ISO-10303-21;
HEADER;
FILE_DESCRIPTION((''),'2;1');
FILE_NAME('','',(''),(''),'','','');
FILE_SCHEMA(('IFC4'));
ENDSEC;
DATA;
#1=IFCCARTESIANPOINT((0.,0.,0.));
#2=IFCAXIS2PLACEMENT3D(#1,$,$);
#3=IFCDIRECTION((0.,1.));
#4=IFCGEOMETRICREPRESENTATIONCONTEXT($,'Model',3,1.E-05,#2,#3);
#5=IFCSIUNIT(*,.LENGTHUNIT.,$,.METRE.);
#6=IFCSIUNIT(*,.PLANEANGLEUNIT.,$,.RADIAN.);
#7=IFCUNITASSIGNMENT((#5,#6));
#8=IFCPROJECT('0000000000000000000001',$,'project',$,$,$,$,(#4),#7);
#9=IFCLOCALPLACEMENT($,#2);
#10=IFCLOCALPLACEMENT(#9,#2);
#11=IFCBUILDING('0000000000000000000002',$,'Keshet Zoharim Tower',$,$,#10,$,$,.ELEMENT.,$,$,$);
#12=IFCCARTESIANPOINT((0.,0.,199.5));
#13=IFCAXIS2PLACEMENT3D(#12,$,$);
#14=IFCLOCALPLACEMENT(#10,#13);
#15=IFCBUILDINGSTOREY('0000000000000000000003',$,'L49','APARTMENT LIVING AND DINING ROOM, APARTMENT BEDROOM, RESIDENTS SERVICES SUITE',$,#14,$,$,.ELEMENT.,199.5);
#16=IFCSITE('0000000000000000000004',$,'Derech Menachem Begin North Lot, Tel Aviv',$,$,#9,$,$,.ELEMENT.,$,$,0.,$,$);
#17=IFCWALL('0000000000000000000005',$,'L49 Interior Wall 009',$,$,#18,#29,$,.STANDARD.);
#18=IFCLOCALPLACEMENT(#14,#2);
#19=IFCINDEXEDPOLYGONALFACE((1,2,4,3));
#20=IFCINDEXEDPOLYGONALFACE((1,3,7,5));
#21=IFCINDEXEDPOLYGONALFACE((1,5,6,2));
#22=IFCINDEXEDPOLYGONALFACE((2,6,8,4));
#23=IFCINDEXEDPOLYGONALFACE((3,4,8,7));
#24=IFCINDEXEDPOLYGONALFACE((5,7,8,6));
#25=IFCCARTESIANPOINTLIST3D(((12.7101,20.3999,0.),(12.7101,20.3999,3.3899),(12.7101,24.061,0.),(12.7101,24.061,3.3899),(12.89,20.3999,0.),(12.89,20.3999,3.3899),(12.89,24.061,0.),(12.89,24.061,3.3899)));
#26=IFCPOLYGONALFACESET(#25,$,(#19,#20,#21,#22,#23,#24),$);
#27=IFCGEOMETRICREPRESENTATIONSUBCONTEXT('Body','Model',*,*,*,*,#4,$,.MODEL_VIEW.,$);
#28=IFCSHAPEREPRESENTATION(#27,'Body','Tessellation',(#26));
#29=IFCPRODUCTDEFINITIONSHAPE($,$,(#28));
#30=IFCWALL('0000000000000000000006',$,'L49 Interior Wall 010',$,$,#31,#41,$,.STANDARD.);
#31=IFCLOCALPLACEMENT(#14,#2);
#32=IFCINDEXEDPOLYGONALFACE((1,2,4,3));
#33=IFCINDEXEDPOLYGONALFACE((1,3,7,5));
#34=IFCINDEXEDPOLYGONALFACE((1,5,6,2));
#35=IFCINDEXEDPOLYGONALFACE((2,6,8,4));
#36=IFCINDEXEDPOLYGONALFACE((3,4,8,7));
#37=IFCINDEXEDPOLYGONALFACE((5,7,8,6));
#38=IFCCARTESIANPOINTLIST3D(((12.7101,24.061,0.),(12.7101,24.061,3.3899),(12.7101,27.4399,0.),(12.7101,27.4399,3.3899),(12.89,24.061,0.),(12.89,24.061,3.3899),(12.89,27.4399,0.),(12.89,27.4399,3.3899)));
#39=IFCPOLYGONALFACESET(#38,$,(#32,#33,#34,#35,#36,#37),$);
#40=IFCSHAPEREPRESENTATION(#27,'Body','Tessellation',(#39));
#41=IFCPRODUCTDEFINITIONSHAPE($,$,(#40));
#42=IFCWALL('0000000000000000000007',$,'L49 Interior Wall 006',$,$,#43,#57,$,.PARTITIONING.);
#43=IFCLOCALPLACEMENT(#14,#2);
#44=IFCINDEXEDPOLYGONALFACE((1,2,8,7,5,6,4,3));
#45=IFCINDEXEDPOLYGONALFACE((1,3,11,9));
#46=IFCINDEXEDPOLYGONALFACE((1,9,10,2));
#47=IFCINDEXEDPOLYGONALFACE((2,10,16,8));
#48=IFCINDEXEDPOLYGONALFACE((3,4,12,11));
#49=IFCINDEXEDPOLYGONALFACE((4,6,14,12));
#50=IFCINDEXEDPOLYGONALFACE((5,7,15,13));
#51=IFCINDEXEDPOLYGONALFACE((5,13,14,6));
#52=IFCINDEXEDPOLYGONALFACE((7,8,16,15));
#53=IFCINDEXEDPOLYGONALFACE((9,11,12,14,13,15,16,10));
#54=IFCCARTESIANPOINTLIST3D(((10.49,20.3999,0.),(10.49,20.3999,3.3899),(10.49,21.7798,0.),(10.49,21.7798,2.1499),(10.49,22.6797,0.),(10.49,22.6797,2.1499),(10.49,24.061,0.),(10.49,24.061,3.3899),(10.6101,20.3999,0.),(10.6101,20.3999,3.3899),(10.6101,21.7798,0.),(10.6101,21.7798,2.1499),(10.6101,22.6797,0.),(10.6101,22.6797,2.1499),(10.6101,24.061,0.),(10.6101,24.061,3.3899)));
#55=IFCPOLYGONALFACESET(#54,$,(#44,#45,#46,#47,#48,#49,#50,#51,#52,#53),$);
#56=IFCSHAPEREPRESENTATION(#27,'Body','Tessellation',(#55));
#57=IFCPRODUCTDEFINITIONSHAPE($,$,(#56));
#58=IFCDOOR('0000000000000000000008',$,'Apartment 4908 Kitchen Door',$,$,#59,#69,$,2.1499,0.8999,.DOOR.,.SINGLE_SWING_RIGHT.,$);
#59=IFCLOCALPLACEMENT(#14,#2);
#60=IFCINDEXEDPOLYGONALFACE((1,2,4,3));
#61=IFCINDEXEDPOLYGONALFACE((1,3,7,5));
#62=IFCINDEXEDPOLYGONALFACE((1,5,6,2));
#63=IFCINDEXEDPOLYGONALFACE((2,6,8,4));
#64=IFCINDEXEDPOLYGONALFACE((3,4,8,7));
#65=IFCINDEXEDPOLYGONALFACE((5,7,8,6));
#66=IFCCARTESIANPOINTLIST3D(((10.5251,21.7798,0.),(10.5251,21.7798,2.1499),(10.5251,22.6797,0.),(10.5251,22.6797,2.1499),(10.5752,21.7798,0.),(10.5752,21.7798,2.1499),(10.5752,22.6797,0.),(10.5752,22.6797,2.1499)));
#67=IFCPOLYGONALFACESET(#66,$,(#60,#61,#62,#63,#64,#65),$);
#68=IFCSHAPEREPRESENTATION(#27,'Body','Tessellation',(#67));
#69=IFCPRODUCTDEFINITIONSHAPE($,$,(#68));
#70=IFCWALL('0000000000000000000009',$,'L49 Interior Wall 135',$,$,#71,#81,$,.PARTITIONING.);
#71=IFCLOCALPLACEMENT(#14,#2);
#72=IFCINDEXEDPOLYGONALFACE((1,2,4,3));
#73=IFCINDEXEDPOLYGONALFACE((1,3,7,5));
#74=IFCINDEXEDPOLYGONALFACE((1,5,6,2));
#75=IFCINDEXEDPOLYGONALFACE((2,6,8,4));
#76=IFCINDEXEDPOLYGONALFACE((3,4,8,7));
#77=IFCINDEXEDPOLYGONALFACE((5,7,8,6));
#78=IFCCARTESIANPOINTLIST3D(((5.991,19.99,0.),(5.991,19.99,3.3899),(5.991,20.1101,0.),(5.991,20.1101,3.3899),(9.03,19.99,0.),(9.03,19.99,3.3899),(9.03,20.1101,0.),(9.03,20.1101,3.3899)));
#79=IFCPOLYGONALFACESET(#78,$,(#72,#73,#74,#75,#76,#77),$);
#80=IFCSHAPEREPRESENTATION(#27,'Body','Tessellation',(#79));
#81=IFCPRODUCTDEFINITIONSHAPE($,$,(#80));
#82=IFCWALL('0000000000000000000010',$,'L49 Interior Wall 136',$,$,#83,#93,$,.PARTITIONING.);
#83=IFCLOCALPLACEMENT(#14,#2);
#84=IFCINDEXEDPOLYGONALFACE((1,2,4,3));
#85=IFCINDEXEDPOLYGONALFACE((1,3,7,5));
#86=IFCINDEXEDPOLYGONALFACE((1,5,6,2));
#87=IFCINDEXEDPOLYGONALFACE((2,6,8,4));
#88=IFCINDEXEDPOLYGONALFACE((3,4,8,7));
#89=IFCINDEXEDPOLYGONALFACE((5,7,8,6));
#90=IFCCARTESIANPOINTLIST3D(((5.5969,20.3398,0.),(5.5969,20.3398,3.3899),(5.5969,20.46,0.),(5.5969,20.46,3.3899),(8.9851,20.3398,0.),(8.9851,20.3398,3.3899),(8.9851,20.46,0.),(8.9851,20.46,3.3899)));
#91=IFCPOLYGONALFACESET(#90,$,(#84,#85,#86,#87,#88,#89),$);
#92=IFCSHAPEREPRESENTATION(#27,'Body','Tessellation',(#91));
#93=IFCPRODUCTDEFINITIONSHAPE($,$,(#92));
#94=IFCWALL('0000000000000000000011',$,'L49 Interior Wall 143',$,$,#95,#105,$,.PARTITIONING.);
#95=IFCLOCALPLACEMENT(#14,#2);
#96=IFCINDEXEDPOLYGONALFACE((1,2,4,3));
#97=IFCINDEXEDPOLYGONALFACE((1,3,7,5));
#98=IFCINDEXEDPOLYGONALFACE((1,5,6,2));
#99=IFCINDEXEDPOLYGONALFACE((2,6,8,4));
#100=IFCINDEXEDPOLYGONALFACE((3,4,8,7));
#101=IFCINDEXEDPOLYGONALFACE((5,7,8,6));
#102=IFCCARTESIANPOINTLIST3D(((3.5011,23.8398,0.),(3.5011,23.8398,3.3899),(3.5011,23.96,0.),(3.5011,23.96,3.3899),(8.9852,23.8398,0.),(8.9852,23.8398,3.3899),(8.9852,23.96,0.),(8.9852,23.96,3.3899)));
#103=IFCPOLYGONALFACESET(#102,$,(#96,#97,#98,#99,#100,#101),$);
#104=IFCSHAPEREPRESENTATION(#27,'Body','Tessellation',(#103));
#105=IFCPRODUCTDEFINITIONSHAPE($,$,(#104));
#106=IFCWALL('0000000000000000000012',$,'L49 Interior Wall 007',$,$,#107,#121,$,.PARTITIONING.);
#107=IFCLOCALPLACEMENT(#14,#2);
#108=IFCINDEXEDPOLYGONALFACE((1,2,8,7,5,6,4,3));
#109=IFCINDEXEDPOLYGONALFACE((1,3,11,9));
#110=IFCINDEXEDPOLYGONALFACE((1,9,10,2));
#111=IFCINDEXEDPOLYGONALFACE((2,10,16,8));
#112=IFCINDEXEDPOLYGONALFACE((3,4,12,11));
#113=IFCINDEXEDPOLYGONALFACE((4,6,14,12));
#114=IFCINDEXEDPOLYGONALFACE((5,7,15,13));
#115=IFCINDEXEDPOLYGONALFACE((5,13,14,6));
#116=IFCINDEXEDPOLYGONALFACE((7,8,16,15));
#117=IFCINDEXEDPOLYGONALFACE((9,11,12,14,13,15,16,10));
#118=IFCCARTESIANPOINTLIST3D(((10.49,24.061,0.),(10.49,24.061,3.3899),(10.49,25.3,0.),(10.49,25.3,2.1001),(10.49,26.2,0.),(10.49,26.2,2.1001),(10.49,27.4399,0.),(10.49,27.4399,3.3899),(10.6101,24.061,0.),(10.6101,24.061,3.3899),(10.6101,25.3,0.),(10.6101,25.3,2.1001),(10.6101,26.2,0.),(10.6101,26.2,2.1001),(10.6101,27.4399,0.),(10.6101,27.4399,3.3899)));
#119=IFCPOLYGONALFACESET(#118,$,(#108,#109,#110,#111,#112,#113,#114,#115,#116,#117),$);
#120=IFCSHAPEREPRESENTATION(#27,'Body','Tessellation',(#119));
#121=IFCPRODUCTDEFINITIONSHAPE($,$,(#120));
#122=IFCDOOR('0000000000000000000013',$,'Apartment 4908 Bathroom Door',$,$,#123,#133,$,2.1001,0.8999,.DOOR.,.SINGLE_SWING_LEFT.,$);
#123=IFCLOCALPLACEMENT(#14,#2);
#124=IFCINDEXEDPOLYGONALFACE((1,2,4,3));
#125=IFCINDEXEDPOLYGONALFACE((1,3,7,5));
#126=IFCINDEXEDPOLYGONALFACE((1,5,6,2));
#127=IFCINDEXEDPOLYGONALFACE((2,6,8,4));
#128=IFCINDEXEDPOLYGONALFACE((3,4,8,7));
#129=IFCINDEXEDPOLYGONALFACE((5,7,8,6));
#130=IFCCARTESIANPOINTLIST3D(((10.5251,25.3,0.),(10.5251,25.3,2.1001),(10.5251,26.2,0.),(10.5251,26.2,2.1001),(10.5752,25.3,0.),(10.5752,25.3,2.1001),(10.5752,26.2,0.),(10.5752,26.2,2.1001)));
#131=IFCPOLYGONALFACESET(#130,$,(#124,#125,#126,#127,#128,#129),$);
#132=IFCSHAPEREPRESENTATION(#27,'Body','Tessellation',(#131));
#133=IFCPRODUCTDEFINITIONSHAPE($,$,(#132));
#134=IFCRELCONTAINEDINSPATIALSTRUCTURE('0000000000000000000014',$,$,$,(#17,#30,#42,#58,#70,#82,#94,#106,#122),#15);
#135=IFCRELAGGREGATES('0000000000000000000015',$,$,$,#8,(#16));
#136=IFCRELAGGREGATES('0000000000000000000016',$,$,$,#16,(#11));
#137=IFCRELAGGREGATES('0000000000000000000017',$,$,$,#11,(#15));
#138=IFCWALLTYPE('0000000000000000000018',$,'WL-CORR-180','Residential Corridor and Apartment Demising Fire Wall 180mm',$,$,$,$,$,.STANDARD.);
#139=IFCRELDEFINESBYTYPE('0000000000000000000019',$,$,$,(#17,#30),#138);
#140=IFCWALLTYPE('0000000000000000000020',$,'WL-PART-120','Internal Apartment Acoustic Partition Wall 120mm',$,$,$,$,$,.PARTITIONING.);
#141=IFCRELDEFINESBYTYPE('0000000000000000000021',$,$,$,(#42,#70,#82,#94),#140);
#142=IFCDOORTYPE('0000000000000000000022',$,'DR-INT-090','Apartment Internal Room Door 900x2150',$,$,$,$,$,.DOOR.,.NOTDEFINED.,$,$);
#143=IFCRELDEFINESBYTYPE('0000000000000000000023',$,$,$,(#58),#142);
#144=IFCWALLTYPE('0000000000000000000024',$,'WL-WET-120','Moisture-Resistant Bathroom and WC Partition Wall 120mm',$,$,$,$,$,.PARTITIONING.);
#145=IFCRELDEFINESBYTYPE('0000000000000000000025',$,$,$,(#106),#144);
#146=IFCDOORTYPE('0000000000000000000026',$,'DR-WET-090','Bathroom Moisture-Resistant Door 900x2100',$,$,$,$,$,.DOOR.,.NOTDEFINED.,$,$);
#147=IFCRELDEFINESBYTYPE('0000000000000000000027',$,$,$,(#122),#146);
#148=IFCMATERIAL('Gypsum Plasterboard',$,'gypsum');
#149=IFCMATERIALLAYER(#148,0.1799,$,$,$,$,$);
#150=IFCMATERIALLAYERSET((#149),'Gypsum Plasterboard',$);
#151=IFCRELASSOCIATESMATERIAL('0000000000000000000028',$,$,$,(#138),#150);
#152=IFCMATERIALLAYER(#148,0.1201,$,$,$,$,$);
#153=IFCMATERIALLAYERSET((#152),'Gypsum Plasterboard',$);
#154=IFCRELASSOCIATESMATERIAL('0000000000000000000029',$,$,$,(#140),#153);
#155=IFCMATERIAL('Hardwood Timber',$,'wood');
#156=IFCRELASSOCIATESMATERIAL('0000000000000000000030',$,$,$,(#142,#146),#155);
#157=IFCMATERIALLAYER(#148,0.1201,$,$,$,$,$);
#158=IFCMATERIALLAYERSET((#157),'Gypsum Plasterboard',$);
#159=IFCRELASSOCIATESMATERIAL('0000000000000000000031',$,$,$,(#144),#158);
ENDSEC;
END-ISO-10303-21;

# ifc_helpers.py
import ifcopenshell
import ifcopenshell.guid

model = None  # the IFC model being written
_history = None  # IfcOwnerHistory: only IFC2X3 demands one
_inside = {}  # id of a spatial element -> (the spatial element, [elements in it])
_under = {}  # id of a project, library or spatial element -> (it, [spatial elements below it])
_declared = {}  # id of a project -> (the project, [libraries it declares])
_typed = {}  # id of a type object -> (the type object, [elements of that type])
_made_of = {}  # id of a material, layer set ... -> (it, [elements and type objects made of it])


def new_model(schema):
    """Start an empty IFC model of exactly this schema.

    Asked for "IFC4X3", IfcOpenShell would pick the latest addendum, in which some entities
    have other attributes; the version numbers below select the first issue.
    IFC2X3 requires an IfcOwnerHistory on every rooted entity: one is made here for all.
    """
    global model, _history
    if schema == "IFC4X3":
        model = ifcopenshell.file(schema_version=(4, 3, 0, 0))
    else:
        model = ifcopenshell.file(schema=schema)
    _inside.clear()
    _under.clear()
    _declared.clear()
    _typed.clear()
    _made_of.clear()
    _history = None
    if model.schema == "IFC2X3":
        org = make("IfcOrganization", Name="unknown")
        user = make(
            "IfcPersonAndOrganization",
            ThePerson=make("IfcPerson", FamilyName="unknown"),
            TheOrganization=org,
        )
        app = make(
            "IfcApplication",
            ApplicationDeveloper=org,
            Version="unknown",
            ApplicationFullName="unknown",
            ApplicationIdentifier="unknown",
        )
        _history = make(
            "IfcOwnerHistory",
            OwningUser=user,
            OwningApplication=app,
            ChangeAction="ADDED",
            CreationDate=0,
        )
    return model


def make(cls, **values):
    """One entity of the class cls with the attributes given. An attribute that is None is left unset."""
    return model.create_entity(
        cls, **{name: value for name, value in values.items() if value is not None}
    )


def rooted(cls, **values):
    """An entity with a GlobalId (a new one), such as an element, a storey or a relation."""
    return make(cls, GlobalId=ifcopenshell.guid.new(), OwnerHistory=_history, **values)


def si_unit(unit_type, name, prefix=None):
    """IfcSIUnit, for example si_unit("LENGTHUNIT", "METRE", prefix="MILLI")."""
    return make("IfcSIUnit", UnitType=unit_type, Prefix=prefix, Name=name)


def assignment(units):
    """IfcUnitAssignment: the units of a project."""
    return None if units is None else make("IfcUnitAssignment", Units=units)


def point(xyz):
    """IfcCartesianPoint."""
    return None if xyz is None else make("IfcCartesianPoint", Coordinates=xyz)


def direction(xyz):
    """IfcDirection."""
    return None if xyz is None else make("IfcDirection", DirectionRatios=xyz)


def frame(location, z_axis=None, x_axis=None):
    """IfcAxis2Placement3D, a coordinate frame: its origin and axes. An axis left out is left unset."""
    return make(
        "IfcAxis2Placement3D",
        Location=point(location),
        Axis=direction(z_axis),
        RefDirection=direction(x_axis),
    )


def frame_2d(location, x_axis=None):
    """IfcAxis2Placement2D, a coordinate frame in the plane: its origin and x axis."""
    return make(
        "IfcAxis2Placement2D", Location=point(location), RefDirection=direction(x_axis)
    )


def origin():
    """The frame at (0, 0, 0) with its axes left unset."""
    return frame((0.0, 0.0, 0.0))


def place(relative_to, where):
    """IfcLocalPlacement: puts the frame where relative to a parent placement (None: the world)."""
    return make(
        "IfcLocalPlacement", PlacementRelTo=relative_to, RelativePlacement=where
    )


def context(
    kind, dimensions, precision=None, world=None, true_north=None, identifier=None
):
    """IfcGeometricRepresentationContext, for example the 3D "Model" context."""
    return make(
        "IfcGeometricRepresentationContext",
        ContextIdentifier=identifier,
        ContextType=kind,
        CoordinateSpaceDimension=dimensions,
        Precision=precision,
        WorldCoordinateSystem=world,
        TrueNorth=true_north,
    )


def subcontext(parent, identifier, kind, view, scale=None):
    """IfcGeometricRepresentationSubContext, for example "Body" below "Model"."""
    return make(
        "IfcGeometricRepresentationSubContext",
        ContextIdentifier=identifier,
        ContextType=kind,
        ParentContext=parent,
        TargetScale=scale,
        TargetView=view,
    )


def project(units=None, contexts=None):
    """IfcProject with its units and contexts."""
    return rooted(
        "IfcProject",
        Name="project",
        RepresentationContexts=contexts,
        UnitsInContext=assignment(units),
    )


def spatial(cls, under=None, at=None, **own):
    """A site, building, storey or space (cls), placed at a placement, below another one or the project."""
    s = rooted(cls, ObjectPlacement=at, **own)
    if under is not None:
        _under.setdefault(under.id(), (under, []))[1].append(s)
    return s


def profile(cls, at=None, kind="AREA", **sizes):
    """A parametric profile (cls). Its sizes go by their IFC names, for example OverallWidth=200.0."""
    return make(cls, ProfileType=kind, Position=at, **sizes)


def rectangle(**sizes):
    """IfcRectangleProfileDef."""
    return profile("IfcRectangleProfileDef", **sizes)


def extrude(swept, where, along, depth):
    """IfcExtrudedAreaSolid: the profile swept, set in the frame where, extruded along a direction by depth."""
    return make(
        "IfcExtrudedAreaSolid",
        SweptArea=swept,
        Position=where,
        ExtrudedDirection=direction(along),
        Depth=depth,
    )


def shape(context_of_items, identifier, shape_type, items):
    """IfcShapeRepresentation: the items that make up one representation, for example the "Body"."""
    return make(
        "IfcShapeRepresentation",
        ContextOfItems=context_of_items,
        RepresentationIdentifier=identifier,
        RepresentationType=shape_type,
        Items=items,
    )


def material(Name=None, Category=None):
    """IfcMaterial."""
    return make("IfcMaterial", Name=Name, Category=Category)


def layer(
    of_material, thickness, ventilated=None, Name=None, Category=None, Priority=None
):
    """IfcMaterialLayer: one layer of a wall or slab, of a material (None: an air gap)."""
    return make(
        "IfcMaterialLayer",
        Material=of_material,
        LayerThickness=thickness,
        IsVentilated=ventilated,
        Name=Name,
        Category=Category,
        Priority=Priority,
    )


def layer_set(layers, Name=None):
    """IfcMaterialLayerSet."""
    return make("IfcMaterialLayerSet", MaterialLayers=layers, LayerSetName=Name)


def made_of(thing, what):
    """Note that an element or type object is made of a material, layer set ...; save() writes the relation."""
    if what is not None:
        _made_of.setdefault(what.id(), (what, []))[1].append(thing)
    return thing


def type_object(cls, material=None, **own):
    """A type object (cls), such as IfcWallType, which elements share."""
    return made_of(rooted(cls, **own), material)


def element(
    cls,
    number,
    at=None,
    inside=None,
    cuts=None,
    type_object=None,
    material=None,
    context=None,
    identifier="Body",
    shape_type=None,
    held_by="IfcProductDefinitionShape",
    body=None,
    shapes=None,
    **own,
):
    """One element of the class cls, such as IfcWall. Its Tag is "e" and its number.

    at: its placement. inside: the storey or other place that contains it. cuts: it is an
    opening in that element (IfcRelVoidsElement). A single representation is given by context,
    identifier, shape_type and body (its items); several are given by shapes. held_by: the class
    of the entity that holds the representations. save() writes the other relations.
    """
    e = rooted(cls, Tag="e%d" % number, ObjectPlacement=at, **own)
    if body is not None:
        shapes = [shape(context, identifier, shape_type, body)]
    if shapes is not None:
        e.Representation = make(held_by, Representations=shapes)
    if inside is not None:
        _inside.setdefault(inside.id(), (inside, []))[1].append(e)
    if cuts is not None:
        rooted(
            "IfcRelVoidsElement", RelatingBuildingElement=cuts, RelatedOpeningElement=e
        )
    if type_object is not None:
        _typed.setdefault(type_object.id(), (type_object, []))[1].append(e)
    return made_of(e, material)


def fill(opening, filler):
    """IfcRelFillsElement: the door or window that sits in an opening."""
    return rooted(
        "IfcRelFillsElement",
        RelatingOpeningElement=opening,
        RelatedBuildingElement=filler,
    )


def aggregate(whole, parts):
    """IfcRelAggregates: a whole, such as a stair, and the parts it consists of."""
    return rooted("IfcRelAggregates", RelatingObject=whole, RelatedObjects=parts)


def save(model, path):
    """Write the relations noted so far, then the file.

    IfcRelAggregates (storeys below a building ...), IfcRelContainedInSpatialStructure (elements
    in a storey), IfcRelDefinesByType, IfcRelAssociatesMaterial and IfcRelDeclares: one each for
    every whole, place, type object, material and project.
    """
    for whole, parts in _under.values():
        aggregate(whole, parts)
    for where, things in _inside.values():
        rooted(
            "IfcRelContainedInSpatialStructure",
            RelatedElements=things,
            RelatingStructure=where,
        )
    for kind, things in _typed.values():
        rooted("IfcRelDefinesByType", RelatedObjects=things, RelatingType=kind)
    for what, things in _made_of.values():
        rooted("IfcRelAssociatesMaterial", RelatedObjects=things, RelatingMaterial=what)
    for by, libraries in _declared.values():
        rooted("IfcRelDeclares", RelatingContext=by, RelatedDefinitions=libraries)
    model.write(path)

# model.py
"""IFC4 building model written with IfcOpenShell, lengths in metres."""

from ifc_helpers import new_model, si_unit, direction, frame, frame_2d, origin, place, context, subcontext, project, spatial, rectangle, extrude, material, layer, layer_set, type_object, element, fill, save


model = new_model("IFC4")

# Units and contexts
model_context = context("Model", 3, precision=1e-05, world=origin(), true_north=direction((0.0, 1.0)))
body_context = subcontext(model_context, "Body", "Model", "MODEL_VIEW")
ifc_project = project(units=[si_unit("LENGTHUNIT", "METRE"), si_unit("PLANEANGLEUNIT", "RADIAN")], contexts=[model_context])

# Site, building, storey
site_placement = place(None, origin())
site = spatial("IfcSite", under=ifc_project, at=site_placement, Name="Derech Menachem Begin North Lot, Tel Aviv", CompositionType="ELEMENT", RefElevation=0.0)
building_placement = place(site_placement, origin())
building = spatial("IfcBuilding", under=site, at=building_placement, Name="Keshet Zoharim Tower", CompositionType="ELEMENT")
storey_placement = place(building_placement, frame((0.0, 0.0, 199.5)))
storey = spatial("IfcBuildingStorey", under=building, at=storey_placement, Name="L49", Description="APARTMENT LIVING AND DINING ROOM, APARTMENT BEDROOM, RESIDENTS SERVICES SUITE", CompositionType="ELEMENT", Elevation=199.5)

# Walls
ifc_material_1 = material(Name="Gypsum Plasterboard", Category="gypsum")
ifc_layer_1 = layer(ifc_material_1, 0.1799)
ifc_layer_set_1 = layer_set([ifc_layer_1], Name="Gypsum Plasterboard")
wall_type_1 = type_object("IfcWallType", Name="WL-CORR-180", Description="Residential Corridor and Apartment Demising Fire Wall 180mm", PredefinedType="STANDARD", material=ifc_layer_set_1)
wall_1_placement = place(storey_placement, frame((12.8, 20.3999, 0.0), z_axis=(0.0, 0.0, 1.0), x_axis=(0.0, 1.0, 0.0)))
element("IfcWall", 1, at=wall_1_placement, inside=storey, type_object=wall_type_1, Name="L49 Interior Wall 009", PredefinedType="STANDARD", context=body_context, shape_type="SweptSolid", body=[
    extrude(rectangle(XDim=3.6611, YDim=0.1799, at=frame_2d((1.8306, 0.0))), origin(), (0.0, 0.0, 1.0), 3.3899),
])
wall_2_placement = place(storey_placement, frame((12.8, 24.061, 0.0), z_axis=(0.0, 0.0, 1.0), x_axis=(0.0, 1.0, 0.0)))
element("IfcWall", 2, at=wall_2_placement, inside=storey, type_object=wall_type_1, Name="L49 Interior Wall 010", PredefinedType="STANDARD", context=body_context, shape_type="SweptSolid", body=[
    extrude(rectangle(XDim=3.3789, YDim=0.1799, at=frame_2d((1.6895, 0.0))), origin(), (0.0, 0.0, 1.0), 3.3899),
])

# Shared definitions
ifc_layer_2 = layer(ifc_material_1, 0.1201)
ifc_layer_set_2 = layer_set([ifc_layer_2], Name="Gypsum Plasterboard")
wall_type_2 = type_object("IfcWallType", Name="WL-PART-120", Description="Internal Apartment Acoustic Partition Wall 120mm", PredefinedType="PARTITIONING", material=ifc_layer_set_2)
ifc_material_2 = material(Name="Hardwood Timber", Category="wood")
door_type_1 = type_object("IfcDoorType", Name="DR-INT-090", Description="Apartment Internal Room Door 900x2150", OperationType="NOTDEFINED", PredefinedType="DOOR", material=ifc_material_2)

# Wall, opening, door
wall_3_placement = place(storey_placement, frame((10.55, 20.3999, 0.0), z_axis=(0.0, 0.0, 1.0), x_axis=(0.0, 1.0, 0.0)))
wall_3 = element("IfcWall", 3, at=wall_3_placement, inside=storey, type_object=wall_type_2, Name="L49 Interior Wall 006", PredefinedType="PARTITIONING", context=body_context, shape_type="SweptSolid", body=[
    extrude(rectangle(XDim=3.6611, YDim=0.1201, at=frame_2d((1.8306, 0.0))), origin(), (0.0, 0.0, 1.0), 3.3899),
])
opening_1_placement = place(wall_3_placement, frame((1.3799, 0.0, 0.0)))
opening_1 = element("IfcOpeningElement", 4, at=opening_1_placement, cuts=wall_3, PredefinedType="OPENING", context=body_context, shape_type="SweptSolid", body=[
    extrude(rectangle(XDim=0.8999, YDim=2.1499, at=frame_2d((0.45, 1.075))), frame((0.0, 0.0701, 0.0), z_axis=(0.0, -1.0, 0.0), x_axis=(1.0, 0.0, 0.0)), (0.0, 0.0, 1.0), 0.1401),
])
door_1_placement = place(opening_1_placement, origin())
door_1 = element("IfcDoor", 5, at=door_1_placement, inside=storey, type_object=door_type_1, Name="Apartment 4908 Kitchen Door", OperationType="SINGLE_SWING_RIGHT", OverallHeight=2.1499, OverallWidth=0.8999, PredefinedType="DOOR", context=body_context, shape_type="SweptSolid", body=[
    extrude(rectangle(XDim=0.8999, YDim=2.1499, at=frame_2d((0.45, 1.075))), frame((0.0, 0.0249, 0.0), z_axis=(0.0, -1.0, 0.0), x_axis=(1.0, 0.0, 0.0)), (0.0, 0.0, 1.0), 0.05),
])
fill(opening_1, door_1)

# Walls
wall_4_placement = place(storey_placement, frame((5.991, 20.05, 0.0), z_axis=(0.0, 0.0, 1.0), x_axis=(1.0, 0.0, 0.0)))
element("IfcWall", 6, at=wall_4_placement, inside=storey, type_object=wall_type_2, Name="L49 Interior Wall 135", PredefinedType="PARTITIONING", context=body_context, shape_type="SweptSolid", body=[
    extrude(rectangle(XDim=3.0391, YDim=0.1201, at=frame_2d((1.5195, 0.0))), origin(), (0.0, 0.0, 1.0), 3.3899),
])
wall_5_placement = place(storey_placement, frame((5.5969, 20.3999, 0.0), z_axis=(0.0, 0.0, 1.0), x_axis=(1.0, 0.0, 0.0)))
element("IfcWall", 7, at=wall_5_placement, inside=storey, type_object=wall_type_2, Name="L49 Interior Wall 136", PredefinedType="PARTITIONING", context=body_context, shape_type="SweptSolid", body=[
    extrude(rectangle(XDim=3.3882, YDim=0.1201, at=frame_2d((1.6941, 0.0))), origin(), (0.0, 0.0, 1.0), 3.3899),
])
wall_6_placement = place(storey_placement, frame((3.501, 23.8999, 0.0), z_axis=(0.0, 0.0, 1.0), x_axis=(1.0, 0.0, 0.0)))
element("IfcWall", 8, at=wall_6_placement, inside=storey, type_object=wall_type_2, Name="L49 Interior Wall 143", PredefinedType="PARTITIONING", context=body_context, shape_type="SweptSolid", body=[
    extrude(rectangle(XDim=5.4841, YDim=0.1201, at=frame_2d((2.7422, 0.0))), origin(), (0.0, 0.0, 1.0), 3.3899),
])

# Wall, opening, door
ifc_layer_3 = layer(ifc_material_1, 0.1201)
ifc_layer_set_3 = layer_set([ifc_layer_3], Name="Gypsum Plasterboard")
wall_type_3 = type_object("IfcWallType", Name="WL-WET-120", Description="Moisture-Resistant Bathroom and WC Partition Wall 120mm", PredefinedType="PARTITIONING", material=ifc_layer_set_3)
wall_7_placement = place(storey_placement, frame((10.55, 24.061, 0.0), z_axis=(0.0, 0.0, 1.0), x_axis=(0.0, 1.0, 0.0)))
wall_7 = element("IfcWall", 9, at=wall_7_placement, inside=storey, type_object=wall_type_3, Name="L49 Interior Wall 007", PredefinedType="PARTITIONING", context=body_context, shape_type="SweptSolid", body=[
    extrude(rectangle(XDim=3.3789, YDim=0.1201, at=frame_2d((1.6895, 0.0))), origin(), (0.0, 0.0, 1.0), 3.3899),
])
opening_2_placement = place(wall_7_placement, frame((1.239, 0.0, 0.0)))
opening_2 = element("IfcOpeningElement", 10, at=opening_2_placement, cuts=wall_7, PredefinedType="OPENING", context=body_context, shape_type="SweptSolid", body=[
    extrude(rectangle(XDim=0.8999, YDim=2.1001, at=frame_2d((0.45, 1.05))), frame((0.0, 0.0701, 0.0), z_axis=(0.0, -1.0, 0.0), x_axis=(1.0, 0.0, 0.0)), (0.0, 0.0, 1.0), 0.1401),
])
door_type_2 = type_object("IfcDoorType", Name="DR-WET-090", Description="Bathroom Moisture-Resistant Door 900x2100", OperationType="NOTDEFINED", PredefinedType="DOOR", material=ifc_material_2)
door_2_placement = place(opening_2_placement, origin())
door_2 = element("IfcDoor", 11, at=door_2_placement, inside=storey, type_object=door_type_2, Name="Apartment 4908 Bathroom Door", OperationType="SINGLE_SWING_LEFT", OverallHeight=2.1001, OverallWidth=0.8999, PredefinedType="DOOR", context=body_context, shape_type="SweptSolid", body=[
    extrude(rectangle(XDim=0.8999, YDim=2.1001, at=frame_2d((0.45, 1.05))), frame((0.0, 0.0249, 0.0), z_axis=(0.0, -1.0, 0.0), x_axis=(1.0, 0.0, 0.0)), (0.0, 0.0, 1.0), 0.05),
])
fill(opening_2, door_2)

save(model, "model.ifc")
